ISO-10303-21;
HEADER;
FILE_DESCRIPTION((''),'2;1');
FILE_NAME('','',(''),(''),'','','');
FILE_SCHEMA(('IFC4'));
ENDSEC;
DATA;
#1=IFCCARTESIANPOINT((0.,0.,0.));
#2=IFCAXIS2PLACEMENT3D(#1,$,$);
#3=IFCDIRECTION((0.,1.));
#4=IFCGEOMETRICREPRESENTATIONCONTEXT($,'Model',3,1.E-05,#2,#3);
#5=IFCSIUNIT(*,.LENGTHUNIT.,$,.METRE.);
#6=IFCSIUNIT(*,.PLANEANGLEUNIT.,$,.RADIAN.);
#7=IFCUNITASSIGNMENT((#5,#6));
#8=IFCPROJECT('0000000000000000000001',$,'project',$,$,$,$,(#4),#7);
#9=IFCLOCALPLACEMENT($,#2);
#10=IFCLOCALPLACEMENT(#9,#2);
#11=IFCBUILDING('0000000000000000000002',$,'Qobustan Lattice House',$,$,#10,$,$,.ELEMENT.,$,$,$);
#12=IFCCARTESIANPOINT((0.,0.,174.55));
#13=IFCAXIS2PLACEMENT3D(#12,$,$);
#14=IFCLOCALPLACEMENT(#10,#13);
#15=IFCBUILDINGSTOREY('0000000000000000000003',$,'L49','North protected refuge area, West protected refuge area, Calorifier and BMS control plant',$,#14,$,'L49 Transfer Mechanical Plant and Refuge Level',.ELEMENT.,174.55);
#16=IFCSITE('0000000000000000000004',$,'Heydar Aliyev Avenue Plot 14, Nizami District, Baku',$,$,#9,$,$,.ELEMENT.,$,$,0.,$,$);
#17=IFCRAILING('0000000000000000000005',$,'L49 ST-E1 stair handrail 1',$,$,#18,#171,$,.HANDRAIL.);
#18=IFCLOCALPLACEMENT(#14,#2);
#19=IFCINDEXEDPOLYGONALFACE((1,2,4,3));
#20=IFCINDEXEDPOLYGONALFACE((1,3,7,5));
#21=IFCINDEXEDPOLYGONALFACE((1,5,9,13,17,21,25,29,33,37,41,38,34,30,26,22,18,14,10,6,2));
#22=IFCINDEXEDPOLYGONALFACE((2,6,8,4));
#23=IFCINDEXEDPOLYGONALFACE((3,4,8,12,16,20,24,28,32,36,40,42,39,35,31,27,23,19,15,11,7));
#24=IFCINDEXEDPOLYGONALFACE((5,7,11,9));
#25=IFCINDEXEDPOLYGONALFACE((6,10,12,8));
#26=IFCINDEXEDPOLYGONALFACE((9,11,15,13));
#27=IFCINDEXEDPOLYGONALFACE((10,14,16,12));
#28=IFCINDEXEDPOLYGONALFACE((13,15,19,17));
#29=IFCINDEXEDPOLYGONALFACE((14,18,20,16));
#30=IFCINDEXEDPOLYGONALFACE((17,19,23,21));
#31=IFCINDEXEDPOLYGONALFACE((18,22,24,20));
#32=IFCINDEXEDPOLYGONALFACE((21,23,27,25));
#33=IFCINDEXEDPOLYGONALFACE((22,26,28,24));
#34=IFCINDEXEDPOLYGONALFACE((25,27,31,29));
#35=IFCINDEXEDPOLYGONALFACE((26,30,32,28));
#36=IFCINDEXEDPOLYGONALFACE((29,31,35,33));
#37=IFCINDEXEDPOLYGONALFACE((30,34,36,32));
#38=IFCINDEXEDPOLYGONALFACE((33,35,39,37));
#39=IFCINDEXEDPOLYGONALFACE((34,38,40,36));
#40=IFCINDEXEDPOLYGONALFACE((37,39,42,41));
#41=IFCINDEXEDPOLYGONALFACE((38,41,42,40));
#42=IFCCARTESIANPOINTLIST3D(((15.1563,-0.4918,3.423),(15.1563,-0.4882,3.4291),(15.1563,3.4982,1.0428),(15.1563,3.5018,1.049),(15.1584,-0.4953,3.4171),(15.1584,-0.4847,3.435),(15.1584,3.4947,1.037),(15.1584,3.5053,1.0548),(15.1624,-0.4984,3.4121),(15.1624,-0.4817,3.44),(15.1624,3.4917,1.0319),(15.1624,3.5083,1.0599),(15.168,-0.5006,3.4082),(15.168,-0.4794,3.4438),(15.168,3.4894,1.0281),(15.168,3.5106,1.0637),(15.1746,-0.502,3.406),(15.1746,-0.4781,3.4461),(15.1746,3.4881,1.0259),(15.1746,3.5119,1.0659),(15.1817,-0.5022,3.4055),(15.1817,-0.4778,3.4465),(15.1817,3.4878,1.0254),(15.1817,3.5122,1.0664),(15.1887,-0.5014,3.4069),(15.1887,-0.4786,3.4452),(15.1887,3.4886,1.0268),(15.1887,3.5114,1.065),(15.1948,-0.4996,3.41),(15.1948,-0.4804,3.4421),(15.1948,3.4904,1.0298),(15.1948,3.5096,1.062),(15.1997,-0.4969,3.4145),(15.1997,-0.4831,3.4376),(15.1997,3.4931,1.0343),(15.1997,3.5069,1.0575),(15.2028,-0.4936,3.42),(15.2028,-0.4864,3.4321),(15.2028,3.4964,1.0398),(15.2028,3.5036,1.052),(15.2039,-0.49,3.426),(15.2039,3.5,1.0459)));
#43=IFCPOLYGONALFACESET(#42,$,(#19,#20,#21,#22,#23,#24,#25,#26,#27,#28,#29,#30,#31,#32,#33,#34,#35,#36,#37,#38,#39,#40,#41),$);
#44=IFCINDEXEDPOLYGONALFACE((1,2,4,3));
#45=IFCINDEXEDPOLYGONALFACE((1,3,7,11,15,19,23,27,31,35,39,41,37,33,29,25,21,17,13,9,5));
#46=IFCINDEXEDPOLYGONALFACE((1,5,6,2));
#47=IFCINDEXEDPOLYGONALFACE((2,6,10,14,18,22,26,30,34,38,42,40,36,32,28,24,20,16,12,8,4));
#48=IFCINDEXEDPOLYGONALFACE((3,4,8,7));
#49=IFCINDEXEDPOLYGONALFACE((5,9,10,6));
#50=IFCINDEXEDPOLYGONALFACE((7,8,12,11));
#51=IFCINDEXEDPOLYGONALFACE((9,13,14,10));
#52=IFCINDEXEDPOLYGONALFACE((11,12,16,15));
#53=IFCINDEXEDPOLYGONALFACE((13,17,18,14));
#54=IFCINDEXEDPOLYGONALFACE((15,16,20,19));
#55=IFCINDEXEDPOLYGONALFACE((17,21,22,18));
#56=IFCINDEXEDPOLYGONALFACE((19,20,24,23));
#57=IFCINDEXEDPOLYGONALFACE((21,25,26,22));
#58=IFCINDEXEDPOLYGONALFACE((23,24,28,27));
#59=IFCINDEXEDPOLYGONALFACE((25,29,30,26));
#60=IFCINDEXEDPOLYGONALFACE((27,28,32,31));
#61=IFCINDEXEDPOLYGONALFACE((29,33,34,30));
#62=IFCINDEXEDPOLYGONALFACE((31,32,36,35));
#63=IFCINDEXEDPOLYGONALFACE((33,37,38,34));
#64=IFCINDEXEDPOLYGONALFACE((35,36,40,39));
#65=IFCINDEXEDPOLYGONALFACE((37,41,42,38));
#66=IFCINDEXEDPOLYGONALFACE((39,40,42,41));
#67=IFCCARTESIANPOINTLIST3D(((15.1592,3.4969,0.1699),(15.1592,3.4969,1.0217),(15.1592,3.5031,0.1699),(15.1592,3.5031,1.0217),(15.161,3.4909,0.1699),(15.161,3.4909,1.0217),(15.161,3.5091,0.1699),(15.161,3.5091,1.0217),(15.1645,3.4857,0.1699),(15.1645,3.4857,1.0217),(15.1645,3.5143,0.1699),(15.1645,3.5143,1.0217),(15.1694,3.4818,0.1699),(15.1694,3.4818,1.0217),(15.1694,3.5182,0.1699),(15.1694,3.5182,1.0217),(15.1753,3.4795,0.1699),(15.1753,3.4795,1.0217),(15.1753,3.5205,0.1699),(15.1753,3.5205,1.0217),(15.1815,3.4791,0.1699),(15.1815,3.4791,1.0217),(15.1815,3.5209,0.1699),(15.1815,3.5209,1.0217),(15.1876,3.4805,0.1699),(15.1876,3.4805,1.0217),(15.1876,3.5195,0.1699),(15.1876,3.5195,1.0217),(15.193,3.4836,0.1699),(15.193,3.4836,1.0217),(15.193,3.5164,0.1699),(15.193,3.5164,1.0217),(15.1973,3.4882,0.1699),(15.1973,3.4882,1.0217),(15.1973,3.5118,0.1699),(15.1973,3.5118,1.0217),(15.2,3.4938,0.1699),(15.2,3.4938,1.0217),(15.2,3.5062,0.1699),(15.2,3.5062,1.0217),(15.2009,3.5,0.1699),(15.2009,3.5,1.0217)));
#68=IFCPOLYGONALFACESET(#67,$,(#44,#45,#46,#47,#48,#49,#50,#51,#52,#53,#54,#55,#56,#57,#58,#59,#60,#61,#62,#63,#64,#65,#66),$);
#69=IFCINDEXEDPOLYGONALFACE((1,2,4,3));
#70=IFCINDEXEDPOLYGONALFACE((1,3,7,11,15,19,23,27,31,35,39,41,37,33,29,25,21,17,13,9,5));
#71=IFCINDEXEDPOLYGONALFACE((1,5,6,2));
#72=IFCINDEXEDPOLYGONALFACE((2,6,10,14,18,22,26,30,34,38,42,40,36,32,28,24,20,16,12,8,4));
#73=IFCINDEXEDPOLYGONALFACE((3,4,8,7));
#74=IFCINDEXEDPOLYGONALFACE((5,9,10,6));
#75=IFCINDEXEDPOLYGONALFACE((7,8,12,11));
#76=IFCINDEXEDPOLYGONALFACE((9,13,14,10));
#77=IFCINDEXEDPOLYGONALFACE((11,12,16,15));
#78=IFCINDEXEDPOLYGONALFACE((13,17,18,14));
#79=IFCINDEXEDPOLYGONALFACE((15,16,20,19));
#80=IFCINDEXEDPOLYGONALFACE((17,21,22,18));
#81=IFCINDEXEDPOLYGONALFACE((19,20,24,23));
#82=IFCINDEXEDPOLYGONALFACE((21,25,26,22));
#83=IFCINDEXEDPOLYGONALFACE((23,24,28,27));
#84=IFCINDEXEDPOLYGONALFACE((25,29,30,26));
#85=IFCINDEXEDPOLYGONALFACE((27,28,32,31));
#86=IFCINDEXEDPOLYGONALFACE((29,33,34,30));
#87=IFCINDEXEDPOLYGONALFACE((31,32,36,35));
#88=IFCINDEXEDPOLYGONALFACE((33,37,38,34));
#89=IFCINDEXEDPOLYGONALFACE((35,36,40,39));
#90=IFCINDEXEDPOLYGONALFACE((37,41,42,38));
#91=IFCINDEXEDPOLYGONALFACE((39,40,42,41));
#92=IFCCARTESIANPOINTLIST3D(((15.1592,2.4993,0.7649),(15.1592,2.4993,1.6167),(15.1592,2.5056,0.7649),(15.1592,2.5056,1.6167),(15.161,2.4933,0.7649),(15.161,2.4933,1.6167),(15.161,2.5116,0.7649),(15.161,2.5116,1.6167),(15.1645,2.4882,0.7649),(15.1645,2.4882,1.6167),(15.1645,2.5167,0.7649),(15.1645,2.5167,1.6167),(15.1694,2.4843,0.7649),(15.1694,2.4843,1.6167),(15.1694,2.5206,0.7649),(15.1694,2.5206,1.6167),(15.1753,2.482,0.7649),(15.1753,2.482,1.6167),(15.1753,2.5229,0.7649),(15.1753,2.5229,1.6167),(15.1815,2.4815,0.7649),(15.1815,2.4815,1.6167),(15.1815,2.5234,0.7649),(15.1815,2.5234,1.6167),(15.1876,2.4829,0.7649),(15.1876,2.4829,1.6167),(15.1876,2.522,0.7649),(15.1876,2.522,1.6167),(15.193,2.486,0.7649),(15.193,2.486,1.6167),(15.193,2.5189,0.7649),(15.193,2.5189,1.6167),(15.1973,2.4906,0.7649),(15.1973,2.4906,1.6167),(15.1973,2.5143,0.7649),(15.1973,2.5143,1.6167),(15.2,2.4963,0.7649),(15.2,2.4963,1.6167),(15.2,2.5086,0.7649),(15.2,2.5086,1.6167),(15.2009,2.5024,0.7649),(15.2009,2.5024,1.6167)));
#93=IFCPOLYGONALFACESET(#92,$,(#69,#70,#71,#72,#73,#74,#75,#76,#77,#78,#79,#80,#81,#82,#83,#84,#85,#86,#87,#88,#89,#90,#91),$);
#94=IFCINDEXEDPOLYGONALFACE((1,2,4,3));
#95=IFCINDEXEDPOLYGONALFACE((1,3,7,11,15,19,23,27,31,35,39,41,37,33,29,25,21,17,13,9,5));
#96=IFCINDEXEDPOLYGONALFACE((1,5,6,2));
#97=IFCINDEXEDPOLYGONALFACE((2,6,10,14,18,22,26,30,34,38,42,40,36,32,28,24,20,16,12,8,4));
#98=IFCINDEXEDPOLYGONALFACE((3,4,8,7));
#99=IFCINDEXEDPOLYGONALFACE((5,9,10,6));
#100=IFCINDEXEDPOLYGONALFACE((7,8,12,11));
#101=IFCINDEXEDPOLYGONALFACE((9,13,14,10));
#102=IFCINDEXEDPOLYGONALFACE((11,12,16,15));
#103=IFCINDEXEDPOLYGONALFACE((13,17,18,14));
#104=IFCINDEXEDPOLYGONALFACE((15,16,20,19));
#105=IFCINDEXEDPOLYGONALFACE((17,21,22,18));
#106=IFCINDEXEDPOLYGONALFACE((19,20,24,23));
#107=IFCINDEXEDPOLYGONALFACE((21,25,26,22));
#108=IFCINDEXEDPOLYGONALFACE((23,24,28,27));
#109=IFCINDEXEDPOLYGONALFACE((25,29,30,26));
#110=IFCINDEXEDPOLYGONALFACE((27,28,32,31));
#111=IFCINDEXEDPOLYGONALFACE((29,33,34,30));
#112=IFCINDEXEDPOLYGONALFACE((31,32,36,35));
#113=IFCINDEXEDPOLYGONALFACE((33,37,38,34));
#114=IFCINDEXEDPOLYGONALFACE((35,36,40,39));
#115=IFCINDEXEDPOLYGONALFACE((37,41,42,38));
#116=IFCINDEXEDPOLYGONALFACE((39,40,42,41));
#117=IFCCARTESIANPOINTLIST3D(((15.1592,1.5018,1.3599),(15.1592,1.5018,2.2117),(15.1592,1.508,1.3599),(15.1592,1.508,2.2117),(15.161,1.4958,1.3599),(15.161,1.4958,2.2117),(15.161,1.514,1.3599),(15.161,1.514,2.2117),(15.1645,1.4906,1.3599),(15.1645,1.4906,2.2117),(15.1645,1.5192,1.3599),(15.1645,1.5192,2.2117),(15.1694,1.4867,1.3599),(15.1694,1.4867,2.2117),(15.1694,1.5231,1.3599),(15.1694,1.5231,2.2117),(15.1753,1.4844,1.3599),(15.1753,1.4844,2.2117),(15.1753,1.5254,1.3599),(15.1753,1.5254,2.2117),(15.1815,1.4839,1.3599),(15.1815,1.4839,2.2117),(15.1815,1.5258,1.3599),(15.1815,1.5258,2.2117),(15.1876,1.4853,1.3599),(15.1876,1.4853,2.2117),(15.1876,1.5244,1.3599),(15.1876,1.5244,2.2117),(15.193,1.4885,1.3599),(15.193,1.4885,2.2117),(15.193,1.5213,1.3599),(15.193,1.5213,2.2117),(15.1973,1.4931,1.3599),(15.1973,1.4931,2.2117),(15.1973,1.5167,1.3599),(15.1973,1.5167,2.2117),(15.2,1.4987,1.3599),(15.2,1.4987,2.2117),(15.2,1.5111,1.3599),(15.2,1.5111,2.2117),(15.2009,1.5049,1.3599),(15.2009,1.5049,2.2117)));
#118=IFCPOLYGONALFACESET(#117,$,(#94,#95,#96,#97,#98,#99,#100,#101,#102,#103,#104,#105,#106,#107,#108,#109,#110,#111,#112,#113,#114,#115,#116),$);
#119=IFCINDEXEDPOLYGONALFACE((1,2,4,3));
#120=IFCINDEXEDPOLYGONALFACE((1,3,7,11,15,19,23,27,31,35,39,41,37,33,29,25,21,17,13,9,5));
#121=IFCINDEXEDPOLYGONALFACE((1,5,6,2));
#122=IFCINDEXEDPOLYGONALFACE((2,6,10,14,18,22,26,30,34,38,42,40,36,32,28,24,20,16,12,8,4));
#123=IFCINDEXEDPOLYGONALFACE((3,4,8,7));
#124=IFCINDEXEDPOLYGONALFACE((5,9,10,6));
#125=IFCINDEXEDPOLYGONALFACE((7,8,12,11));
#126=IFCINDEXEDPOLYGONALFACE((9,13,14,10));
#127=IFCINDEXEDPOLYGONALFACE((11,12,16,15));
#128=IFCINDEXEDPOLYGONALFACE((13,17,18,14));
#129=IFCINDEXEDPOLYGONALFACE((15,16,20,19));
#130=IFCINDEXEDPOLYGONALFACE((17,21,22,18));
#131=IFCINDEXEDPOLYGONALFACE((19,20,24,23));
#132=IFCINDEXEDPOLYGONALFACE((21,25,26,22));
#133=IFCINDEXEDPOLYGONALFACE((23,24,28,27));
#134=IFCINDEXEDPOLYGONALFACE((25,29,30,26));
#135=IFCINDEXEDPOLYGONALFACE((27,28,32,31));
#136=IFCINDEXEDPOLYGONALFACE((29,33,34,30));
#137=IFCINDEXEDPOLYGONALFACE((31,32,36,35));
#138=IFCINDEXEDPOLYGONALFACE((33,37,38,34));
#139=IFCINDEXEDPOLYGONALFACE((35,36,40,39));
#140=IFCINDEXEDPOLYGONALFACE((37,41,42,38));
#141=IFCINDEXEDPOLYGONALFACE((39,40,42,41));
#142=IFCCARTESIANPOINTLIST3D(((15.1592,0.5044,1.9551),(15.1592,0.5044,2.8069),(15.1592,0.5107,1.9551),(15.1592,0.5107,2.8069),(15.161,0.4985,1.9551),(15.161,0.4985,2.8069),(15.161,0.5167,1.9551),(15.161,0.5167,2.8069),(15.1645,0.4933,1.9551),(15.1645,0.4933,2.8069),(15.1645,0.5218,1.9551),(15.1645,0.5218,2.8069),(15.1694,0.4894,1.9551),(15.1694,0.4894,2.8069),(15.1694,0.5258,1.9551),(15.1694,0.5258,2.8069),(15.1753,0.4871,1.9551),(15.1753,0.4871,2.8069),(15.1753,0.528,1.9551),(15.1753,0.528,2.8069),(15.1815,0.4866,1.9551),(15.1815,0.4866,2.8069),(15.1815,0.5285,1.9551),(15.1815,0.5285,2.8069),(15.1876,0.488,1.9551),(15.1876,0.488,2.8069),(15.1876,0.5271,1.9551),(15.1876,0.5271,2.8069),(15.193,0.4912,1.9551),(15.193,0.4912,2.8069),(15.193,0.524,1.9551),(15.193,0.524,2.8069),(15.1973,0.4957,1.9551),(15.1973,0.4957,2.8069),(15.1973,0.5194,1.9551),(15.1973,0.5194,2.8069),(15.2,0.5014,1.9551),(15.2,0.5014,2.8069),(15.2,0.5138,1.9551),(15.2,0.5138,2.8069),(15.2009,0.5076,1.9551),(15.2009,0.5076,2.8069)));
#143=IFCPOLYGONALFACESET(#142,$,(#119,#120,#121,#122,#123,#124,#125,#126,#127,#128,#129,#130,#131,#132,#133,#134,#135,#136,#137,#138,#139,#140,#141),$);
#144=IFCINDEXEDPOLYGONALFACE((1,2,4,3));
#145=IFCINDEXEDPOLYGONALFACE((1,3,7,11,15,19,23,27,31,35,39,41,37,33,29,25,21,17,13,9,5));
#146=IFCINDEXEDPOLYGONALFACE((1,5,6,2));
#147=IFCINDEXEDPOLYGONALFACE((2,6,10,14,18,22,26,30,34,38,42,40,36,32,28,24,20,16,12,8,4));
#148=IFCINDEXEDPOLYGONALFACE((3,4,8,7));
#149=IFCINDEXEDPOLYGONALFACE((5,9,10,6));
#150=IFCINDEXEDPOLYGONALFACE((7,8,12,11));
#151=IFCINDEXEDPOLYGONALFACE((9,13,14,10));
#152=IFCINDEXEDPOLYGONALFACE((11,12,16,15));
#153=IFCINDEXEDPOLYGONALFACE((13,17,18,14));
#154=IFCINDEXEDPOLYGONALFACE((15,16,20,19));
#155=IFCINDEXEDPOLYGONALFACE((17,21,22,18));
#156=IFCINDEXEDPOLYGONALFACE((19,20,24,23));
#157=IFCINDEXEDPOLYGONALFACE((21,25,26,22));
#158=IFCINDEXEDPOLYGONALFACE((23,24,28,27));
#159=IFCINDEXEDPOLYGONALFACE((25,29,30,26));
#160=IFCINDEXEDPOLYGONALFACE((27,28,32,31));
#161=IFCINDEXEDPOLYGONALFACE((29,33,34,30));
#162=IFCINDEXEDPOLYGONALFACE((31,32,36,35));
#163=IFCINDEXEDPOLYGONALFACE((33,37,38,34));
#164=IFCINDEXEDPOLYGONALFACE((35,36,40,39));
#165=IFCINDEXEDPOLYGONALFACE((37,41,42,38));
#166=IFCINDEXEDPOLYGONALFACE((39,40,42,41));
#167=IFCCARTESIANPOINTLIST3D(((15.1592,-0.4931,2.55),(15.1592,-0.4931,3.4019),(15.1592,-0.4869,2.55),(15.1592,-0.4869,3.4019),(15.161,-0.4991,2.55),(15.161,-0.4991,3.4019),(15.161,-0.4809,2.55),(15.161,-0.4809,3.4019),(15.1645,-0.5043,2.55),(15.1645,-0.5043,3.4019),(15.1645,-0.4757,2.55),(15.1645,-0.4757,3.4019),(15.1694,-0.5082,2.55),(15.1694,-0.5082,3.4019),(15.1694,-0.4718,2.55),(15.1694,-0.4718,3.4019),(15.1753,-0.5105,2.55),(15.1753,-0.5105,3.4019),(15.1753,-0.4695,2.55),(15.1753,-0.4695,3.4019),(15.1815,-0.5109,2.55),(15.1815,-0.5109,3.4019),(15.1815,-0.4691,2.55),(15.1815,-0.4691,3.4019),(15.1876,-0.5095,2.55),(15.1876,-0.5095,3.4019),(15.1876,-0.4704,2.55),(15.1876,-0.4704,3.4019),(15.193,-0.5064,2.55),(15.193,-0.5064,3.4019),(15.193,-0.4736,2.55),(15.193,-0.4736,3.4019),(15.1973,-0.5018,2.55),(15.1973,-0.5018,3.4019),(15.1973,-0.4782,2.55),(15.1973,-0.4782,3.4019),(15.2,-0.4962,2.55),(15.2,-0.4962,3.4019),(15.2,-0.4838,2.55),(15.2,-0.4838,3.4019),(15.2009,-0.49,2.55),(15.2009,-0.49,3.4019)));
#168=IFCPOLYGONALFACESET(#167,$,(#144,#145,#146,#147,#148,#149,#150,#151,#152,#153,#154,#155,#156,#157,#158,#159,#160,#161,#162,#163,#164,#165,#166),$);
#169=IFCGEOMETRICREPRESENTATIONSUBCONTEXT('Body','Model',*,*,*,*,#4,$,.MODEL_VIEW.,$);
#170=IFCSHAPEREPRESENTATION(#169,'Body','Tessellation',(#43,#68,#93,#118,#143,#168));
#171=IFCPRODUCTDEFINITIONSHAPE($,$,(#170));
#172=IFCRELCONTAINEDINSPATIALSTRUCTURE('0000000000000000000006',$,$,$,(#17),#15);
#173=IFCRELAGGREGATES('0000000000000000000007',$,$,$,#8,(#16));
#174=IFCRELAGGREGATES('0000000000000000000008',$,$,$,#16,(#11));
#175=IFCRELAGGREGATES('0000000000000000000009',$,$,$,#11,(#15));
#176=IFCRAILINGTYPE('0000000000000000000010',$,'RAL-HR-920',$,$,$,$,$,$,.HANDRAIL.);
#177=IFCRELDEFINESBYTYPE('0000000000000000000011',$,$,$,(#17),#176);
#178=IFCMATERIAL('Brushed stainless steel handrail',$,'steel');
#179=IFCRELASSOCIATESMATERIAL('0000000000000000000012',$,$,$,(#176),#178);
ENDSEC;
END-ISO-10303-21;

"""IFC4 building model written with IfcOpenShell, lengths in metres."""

from ifc_helpers import new_model, si_unit, direction, frame, origin, origin_2d, place, context, subcontext, project, spatial, circle, extrude, material, type_object, element, save


model = new_model("IFC4")

# Units and contexts
model_context = context("Model", 3, precision=1e-05, world=origin(), true_north=direction((0.0, 1.0)))
body_context = subcontext(model_context, "Body", "Model", "MODEL_VIEW")
ifc_project = project(units=[si_unit("LENGTHUNIT", "METRE"), si_unit("PLANEANGLEUNIT", "RADIAN")], contexts=[model_context])

# Site, building, storey
site_placement = place(None, origin())
site = spatial("IfcSite", under=ifc_project, at=site_placement, Name="Heydar Aliyev Avenue Plot 14, Nizami District, Baku", CompositionType="ELEMENT", RefElevation=0.0)
building_placement = place(site_placement, origin())
building = spatial("IfcBuilding", under=site, at=building_placement, Name="Qobustan Lattice House", CompositionType="ELEMENT")
storey_placement = place(building_placement, frame((0.0, 0.0, 174.55)))
storey = spatial("IfcBuildingStorey", under=building, at=storey_placement, Name="L49", Description="North protected refuge area, West protected refuge area, Calorifier and BMS control plant", LongName="L49 Transfer Mechanical Plant and Refuge Level", CompositionType="ELEMENT", Elevation=174.55)

# Railing
ifc_material_1 = material(Name="Brushed stainless steel handrail", Category="steel")
railing_type_1 = type_object("IfcRailingType", Name="RAL-HR-920", PredefinedType="HANDRAIL", material=ifc_material_1)
railing_1_placement = place(storey_placement, frame((15.1799, 3.5, 0.1699)))
element("IfcRailing", 1, at=railing_1_placement, inside=storey, type_object=railing_type_1, Name="L49 ST-E1 stair handrail 1", PredefinedType="HANDRAIL", context=body_context, shape_type="SweptSolid", body=[
    extrude(circle(Radius=0.0239, at=origin_2d()), frame((0.0, 0.0, 0.876), z_axis=(0.0, -0.858807, 0.512299), x_axis=(1.0, 0.0, 0.0)), (0.0, 0.0, 1.0), 4.646),
    extrude(circle(Radius=0.021, at=origin_2d()), origin(), (0.0, 0.0, 1.0), 0.8518),
    extrude(circle(Radius=0.021, at=origin_2d()), frame((0.0, -0.9976, 0.595)), (0.0, 0.0, 1.0), 0.8518),
    extrude(circle(Radius=0.021, at=origin_2d()), frame((0.0, -1.9951, 1.1899)), (0.0, 0.0, 1.0), 0.8518),
    extrude(circle(Radius=0.021, at=origin_2d()), frame((0.0, -2.9924, 1.7852)), (0.0, 0.0, 1.0), 0.8518),
    extrude(circle(Radius=0.021, at=origin_2d()), frame((0.0, -3.99, 2.3801)), (0.0, 0.0, 1.0), 0.8518),
])

save(model, "model.ifc")
